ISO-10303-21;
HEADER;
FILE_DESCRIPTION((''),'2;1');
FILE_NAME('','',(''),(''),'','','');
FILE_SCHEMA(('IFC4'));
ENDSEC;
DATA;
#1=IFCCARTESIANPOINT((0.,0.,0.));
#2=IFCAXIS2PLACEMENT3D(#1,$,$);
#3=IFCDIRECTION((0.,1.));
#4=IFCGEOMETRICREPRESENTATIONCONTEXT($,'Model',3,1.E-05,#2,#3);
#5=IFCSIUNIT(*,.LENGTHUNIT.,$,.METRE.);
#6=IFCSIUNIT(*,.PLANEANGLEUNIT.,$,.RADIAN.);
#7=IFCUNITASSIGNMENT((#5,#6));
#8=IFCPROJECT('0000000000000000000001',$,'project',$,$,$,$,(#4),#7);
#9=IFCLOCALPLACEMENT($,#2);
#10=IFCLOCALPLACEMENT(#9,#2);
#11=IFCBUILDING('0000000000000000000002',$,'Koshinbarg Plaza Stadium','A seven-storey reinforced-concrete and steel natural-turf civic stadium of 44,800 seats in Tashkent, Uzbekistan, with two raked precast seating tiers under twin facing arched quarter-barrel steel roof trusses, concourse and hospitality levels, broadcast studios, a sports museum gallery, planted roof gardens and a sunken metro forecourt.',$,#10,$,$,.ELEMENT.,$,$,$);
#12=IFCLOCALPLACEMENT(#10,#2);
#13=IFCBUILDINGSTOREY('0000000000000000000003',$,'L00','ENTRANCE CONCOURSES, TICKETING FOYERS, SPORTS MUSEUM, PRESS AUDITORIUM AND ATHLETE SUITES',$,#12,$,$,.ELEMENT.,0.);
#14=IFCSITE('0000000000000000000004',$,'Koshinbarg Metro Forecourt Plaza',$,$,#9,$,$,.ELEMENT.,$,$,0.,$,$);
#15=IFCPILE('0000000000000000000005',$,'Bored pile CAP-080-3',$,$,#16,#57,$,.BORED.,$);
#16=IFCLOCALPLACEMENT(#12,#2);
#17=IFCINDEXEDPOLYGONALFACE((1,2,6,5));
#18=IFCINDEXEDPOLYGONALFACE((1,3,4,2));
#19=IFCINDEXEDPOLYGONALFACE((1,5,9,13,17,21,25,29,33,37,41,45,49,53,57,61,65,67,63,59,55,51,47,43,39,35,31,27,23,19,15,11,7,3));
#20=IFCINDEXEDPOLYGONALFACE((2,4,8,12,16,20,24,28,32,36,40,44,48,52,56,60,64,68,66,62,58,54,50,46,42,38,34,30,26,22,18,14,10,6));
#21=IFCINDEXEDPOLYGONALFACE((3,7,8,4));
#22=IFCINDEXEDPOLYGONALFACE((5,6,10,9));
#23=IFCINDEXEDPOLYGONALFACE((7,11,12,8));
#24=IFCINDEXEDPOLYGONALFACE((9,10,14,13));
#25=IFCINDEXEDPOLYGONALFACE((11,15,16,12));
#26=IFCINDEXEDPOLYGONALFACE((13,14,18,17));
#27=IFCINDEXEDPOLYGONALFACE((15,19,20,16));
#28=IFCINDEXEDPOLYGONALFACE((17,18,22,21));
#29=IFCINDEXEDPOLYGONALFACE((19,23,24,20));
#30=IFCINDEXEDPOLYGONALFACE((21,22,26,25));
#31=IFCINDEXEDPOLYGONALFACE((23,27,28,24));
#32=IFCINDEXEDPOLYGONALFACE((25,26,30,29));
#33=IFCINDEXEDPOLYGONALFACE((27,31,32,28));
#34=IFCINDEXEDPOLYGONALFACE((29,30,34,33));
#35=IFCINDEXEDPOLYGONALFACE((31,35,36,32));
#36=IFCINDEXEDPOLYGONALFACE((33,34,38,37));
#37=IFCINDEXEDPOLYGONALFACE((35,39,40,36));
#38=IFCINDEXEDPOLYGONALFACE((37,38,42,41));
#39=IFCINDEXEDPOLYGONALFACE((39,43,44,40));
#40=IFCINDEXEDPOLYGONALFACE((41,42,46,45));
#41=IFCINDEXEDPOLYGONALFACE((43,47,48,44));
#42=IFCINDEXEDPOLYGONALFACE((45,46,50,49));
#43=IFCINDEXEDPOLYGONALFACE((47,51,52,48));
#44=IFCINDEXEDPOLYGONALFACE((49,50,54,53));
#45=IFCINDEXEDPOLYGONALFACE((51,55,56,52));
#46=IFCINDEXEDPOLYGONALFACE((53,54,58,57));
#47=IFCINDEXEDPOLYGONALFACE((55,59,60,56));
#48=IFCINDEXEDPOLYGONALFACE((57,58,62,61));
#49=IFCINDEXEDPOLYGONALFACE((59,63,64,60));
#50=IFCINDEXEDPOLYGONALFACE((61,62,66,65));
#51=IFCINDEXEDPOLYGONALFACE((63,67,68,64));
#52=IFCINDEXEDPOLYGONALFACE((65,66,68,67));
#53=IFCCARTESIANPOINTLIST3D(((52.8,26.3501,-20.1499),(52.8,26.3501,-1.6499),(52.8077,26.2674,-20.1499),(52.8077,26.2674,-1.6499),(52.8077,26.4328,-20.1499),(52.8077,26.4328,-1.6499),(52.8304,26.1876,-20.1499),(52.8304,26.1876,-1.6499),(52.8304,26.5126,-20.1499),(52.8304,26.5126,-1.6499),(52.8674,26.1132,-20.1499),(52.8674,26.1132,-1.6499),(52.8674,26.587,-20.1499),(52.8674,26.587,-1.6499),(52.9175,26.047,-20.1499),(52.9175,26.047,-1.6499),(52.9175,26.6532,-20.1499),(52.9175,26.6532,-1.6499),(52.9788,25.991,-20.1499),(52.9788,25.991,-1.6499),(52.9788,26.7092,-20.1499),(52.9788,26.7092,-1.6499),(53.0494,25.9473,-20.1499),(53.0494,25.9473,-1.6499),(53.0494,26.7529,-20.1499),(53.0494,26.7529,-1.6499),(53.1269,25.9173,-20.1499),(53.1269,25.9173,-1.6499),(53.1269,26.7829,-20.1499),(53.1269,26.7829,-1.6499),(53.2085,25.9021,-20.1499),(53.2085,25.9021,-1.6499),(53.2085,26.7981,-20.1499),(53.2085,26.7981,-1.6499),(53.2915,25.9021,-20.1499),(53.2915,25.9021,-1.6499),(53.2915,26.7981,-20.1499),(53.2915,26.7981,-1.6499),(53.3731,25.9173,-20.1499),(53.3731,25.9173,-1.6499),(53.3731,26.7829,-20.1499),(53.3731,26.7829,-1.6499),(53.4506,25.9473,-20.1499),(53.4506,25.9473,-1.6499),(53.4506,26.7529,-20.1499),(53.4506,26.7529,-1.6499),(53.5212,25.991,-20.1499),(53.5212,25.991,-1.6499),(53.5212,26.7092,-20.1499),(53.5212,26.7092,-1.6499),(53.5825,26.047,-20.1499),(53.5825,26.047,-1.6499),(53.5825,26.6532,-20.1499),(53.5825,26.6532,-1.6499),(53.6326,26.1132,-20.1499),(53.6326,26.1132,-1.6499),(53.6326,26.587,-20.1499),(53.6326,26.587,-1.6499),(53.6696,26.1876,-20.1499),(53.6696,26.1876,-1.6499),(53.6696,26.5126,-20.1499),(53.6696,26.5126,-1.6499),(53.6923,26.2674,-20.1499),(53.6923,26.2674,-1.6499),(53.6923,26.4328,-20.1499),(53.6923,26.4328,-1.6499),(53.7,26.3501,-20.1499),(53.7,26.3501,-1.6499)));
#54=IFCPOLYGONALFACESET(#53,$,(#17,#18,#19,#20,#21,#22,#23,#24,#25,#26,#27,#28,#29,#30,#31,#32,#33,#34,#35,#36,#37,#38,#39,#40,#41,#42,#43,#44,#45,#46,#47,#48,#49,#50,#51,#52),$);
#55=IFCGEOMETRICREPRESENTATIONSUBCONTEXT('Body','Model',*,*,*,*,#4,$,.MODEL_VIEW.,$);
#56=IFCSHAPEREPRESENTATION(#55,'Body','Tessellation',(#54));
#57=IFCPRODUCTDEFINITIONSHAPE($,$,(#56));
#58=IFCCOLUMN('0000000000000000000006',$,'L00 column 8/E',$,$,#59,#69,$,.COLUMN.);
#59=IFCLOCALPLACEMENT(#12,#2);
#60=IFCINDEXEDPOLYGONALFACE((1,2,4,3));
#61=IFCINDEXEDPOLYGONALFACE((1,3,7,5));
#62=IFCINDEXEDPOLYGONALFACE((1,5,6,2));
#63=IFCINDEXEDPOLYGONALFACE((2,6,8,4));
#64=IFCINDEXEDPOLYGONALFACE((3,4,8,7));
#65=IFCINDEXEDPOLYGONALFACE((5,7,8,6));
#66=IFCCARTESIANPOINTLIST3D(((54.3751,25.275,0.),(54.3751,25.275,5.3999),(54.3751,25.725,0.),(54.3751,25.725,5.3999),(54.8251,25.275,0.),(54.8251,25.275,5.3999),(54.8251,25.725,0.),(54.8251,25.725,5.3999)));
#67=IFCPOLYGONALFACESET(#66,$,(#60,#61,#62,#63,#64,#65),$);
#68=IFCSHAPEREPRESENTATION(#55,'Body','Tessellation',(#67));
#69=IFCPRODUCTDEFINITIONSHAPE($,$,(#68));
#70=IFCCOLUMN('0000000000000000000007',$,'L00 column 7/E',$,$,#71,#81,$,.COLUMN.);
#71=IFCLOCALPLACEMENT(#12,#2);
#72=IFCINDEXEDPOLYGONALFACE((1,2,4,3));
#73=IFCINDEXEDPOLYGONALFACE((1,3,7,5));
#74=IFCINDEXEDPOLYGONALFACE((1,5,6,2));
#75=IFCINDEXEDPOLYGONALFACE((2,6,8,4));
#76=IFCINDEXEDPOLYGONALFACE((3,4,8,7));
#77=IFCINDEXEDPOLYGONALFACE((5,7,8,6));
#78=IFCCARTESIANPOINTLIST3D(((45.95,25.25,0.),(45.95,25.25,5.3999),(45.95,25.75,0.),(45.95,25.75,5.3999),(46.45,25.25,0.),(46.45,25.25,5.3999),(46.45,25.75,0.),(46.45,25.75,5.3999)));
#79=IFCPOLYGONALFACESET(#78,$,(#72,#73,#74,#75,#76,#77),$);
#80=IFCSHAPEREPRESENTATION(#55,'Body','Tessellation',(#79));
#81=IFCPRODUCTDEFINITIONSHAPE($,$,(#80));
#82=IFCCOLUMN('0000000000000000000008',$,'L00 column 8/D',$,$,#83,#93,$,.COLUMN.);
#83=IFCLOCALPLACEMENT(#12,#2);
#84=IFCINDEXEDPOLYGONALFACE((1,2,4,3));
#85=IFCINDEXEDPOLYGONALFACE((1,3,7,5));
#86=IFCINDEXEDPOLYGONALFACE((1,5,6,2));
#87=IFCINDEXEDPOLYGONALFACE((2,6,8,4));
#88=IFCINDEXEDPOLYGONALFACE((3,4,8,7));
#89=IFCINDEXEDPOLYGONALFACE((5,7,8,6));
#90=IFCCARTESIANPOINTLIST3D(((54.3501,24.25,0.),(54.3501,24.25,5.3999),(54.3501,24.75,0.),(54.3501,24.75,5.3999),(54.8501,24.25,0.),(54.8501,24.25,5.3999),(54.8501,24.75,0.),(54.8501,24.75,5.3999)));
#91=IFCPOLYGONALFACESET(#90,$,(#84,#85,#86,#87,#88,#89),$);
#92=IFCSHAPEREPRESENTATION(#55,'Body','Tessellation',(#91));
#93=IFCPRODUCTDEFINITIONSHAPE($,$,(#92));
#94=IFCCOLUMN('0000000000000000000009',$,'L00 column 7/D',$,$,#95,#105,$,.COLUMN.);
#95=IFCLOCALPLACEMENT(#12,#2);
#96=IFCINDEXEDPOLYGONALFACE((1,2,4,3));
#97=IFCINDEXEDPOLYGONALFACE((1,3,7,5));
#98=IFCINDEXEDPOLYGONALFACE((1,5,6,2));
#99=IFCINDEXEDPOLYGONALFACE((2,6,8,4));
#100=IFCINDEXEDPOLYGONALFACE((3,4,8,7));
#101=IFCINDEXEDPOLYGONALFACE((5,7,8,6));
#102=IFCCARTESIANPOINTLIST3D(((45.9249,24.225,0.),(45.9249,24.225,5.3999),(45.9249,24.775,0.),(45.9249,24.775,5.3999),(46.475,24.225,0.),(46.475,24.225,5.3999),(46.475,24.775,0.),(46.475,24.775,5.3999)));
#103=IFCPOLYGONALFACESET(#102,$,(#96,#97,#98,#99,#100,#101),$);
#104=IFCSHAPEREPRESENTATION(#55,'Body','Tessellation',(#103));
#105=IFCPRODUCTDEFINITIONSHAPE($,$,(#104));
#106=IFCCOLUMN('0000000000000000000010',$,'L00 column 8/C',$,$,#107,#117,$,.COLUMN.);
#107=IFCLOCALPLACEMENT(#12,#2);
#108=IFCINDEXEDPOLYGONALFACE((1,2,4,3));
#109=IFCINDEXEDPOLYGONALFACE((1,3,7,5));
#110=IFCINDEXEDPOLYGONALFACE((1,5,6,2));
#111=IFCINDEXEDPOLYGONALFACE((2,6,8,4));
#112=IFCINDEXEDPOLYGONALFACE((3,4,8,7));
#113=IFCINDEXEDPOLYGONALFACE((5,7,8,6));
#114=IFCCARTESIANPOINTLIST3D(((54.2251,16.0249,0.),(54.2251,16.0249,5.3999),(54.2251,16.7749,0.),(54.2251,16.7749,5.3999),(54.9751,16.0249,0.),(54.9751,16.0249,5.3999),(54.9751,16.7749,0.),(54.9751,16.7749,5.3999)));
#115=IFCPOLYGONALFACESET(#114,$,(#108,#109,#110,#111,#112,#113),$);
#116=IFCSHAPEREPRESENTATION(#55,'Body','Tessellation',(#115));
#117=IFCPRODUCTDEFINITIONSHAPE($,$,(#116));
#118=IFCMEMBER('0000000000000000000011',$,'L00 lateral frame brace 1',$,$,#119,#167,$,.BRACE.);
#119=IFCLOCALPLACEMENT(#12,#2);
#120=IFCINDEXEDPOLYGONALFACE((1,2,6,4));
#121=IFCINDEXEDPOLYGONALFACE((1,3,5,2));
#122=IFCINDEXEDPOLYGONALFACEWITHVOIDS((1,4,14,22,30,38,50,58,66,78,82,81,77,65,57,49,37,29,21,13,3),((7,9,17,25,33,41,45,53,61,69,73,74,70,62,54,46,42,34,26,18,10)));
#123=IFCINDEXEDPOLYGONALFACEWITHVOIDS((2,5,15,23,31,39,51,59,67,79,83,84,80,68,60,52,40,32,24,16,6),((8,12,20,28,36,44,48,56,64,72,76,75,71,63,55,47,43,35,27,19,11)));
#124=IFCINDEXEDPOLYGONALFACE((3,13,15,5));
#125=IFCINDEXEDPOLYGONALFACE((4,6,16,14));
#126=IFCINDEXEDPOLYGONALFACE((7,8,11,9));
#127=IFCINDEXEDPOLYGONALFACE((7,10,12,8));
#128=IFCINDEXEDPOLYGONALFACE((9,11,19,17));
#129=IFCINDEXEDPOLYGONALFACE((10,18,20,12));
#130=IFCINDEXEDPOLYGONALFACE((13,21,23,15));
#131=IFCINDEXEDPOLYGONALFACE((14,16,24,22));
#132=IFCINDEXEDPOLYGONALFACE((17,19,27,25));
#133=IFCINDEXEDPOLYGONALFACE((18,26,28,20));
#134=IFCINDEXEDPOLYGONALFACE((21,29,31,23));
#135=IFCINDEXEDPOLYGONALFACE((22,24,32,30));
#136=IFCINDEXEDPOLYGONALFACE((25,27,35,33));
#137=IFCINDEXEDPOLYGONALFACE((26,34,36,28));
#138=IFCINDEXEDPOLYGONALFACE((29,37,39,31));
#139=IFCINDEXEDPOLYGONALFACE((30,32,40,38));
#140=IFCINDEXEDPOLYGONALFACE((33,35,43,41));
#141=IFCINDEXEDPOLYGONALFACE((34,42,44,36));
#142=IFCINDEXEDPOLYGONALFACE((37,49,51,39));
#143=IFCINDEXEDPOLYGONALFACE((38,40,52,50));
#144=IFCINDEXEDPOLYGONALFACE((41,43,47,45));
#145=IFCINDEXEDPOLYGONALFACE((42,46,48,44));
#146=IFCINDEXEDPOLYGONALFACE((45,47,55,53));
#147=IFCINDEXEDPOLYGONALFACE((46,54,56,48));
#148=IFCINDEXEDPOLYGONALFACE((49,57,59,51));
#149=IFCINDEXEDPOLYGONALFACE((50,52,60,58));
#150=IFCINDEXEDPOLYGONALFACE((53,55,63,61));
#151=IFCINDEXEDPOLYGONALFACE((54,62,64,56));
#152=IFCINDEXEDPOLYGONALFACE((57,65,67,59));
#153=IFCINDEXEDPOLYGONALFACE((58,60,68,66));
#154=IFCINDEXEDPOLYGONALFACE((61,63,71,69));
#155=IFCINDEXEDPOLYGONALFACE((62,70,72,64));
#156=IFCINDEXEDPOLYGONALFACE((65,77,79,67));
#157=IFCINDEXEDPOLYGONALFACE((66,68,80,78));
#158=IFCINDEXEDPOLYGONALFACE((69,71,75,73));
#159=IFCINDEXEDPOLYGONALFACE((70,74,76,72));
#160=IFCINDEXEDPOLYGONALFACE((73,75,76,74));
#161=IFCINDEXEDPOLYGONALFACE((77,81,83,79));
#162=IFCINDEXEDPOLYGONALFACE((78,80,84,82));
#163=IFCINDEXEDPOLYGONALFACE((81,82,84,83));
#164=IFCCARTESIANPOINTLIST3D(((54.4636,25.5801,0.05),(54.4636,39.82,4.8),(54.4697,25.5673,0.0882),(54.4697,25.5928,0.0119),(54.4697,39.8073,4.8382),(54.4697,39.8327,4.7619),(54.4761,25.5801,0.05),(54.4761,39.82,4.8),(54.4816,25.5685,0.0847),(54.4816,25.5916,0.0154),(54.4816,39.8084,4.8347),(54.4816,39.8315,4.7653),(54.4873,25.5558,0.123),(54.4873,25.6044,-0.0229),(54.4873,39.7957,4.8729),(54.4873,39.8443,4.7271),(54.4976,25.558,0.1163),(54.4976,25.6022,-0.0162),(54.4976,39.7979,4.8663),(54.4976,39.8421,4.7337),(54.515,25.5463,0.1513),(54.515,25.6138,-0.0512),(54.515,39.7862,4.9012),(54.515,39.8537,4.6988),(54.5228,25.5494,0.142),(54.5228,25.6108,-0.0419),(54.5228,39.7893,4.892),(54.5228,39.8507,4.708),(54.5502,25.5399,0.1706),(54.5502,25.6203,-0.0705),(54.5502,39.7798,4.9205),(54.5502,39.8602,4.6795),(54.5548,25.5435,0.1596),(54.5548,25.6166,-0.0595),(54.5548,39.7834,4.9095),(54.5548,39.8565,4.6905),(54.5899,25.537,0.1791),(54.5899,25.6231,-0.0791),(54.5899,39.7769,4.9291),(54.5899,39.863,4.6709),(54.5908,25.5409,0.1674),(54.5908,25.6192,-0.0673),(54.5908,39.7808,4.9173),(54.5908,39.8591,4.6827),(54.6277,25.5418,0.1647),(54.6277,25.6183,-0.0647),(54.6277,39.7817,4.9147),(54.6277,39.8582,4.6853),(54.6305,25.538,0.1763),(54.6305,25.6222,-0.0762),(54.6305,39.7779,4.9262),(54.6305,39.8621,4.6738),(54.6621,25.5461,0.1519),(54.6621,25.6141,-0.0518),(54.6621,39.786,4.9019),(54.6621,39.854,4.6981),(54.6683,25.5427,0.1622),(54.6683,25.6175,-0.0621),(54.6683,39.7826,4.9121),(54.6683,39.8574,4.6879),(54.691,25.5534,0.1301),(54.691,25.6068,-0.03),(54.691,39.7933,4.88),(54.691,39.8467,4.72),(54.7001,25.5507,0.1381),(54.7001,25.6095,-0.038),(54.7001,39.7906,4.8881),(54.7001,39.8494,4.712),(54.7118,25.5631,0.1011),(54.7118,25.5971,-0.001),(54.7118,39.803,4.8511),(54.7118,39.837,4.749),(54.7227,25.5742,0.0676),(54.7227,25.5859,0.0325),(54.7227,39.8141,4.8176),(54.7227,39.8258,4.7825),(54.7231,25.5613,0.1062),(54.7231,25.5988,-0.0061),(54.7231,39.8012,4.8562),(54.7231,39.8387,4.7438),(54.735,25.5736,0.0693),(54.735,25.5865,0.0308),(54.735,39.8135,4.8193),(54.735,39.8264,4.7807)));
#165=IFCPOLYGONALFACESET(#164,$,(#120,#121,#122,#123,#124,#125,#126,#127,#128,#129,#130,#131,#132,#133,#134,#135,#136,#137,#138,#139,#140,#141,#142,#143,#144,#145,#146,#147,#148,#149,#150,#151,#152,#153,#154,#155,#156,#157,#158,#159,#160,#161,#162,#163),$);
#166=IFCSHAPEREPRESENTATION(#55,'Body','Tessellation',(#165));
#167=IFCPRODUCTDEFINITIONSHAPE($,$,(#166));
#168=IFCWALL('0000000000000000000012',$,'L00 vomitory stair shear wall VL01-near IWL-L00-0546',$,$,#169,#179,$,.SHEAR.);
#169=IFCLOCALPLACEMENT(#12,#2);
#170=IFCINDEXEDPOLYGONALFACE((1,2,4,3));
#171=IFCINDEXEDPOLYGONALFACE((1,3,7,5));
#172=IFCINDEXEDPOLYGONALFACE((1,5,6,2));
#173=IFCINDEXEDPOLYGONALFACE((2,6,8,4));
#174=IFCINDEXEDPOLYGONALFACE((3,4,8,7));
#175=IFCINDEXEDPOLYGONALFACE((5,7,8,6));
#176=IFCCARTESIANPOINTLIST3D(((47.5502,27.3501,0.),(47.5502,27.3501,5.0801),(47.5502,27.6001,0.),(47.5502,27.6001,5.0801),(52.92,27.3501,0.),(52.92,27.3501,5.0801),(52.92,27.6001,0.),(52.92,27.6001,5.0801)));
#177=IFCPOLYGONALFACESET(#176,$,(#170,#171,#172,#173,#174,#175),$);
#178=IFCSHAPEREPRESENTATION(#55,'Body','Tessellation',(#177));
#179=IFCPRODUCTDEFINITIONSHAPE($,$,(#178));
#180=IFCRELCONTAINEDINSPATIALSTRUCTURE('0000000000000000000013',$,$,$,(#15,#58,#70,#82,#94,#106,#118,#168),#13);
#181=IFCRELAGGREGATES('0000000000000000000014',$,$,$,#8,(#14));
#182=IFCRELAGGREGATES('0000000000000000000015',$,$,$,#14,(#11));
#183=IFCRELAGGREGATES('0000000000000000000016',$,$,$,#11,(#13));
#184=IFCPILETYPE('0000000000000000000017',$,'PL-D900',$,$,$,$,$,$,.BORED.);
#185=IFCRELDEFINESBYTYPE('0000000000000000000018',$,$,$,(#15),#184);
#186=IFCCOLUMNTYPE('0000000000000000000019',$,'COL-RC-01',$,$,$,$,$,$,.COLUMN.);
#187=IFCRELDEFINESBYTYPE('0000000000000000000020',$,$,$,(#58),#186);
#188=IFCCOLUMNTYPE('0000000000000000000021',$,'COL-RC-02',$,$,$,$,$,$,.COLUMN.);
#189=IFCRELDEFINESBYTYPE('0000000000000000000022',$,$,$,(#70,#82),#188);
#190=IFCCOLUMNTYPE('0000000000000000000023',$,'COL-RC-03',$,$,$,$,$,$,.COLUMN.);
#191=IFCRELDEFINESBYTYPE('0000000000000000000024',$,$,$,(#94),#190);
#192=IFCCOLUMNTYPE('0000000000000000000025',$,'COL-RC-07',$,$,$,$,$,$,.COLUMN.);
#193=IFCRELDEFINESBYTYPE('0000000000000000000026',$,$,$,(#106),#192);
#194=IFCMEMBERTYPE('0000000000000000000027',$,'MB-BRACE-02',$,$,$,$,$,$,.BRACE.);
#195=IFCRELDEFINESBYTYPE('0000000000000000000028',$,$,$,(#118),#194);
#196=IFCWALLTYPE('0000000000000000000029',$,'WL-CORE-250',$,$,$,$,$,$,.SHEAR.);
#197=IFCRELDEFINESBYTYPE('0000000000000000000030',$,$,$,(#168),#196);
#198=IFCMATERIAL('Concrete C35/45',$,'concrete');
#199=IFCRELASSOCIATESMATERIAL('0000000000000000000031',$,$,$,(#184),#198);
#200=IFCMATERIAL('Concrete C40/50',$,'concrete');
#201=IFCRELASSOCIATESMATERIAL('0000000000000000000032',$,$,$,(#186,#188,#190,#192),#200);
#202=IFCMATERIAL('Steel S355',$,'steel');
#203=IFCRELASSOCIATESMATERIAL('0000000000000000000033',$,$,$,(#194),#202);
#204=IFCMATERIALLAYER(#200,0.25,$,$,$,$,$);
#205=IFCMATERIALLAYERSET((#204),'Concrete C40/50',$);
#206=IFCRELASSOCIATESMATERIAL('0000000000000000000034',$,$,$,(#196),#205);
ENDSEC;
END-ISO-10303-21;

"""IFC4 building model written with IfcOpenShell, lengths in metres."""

from ifc_helpers import new_model, si_unit, direction, frame, frame_2d, origin, origin_2d, place, context, subcontext, project, spatial, rectangle, circle, hollow_circle, extrude, material, layer, layer_set, material_profile, profile_set, type_object, element, save


model = new_model("IFC4")

# Units and contexts
model_context = context("Model", 3, precision=1e-05, world=origin(), true_north=direction((0.0, 1.0)))
body_context = subcontext(model_context, "Body", "Model", "MODEL_VIEW")
ifc_project = project(units=[si_unit("LENGTHUNIT", "METRE"), si_unit("PLANEANGLEUNIT", "RADIAN")], contexts=[model_context])

# Site, building, storey
site_placement = place(None, origin())
site = spatial("IfcSite", under=ifc_project, at=site_placement, Name="Koshinbarg Metro Forecourt Plaza", CompositionType="ELEMENT", RefElevation=0.0)
building_placement = place(site_placement, origin())
building = spatial("IfcBuilding", under=site, at=building_placement, Name="Koshinbarg Plaza Stadium", Description="A seven-storey reinforced-concrete and steel natural-turf civic stadium of 44,800 seats in Tashkent, Uzbekistan, with two raked precast seating tiers under twin facing arched quarter-barrel steel roof trusses, concourse and hospitality levels, broadcast studios, a sports museum gallery, planted roof gardens and a sunken metro forecourt.", CompositionType="ELEMENT")
storey_placement = place(building_placement, origin())
storey = spatial("IfcBuildingStorey", under=building, at=storey_placement, Name="L00", Description="ENTRANCE CONCOURSES, TICKETING FOYERS, SPORTS MUSEUM, PRESS AUDITORIUM AND ATHLETE SUITES", CompositionType="ELEMENT", Elevation=0.0)

# Shared definitions
ifc_material_1 = material(Name="Concrete C35/45", Category="concrete")

# Pile
ifc_material_profile_1 = material_profile(ifc_material_1, circle(Radius=0.45, at=origin_2d()), Name="PILE D900")
ifc_profile_set_1 = profile_set([ifc_material_profile_1], Name="Concrete C35/45")
pile_type_1 = type_object("IfcPileType", Name="PL-D900", PredefinedType="BORED", material=ifc_profile_set_1)
for number, where, z_axis, x_axis, name in (
    (1, (53.25, 26.3501, -1.6499), (0.0, 0.0, -1.0), (1.0, 0.0, 0.0), "Bored pile CAP-080-3"),
):
    element("IfcPile", number, at=place(storey_placement, frame(where, z_axis=z_axis, x_axis=x_axis)), inside=storey, type_object=pile_type_1, Name=name, PredefinedType="BORED", context=body_context, shape_type="SweptSolid", body=[
        extrude(circle(Radius=0.45, at=origin_2d()), origin(), (0.0, 0.0, 1.0), 18.5),
    ])

# Columns
ifc_material_2 = material(Name="Concrete C40/50", Category="concrete")
ifc_material_profile_2 = material_profile(ifc_material_2, rectangle(XDim=0.45, YDim=0.45, at=origin_2d()), Name="RC 450x450")
ifc_profile_set_2 = profile_set([ifc_material_profile_2], Name="Concrete C40/50")
column_type_1 = type_object("IfcColumnType", Name="COL-RC-01", PredefinedType="COLUMN", material=ifc_profile_set_2)
column_1_placement = place(storey_placement, frame((54.6001, 25.5, 0.0), z_axis=(0.0, 0.0, 1.0), x_axis=(1.0, 0.0, 0.0)))
element("IfcColumn", 2, at=column_1_placement, inside=storey, type_object=column_type_1, Name="L00 column 8/E", PredefinedType="COLUMN", context=body_context, shape_type="SweptSolid", body=[
    extrude(rectangle(XDim=0.45, YDim=0.45, at=origin_2d()), origin(), (0.0, 0.0, 1.0), 5.3999),
])
ifc_material_profile_3 = material_profile(ifc_material_2, rectangle(XDim=0.5, YDim=0.5, at=origin_2d()), Name="RC 500x500")
ifc_profile_set_3 = profile_set([ifc_material_profile_3], Name="Concrete C40/50")
column_type_2 = type_object("IfcColumnType", Name="COL-RC-02", PredefinedType="COLUMN", material=ifc_profile_set_3)
for number, where, z_axis, x_axis, name in (
    (3, (46.2, 25.5, 0.0), (0.0, 0.0, 1.0), (1.0, 0.0, 0.0), "L00 column 7/E"),
    (4, (54.6001, 24.5, 0.0), (0.0, 0.0, 1.0), (1.0, 0.0, 0.0), "L00 column 8/D"),
):
    element("IfcColumn", number, at=place(storey_placement, frame(where, z_axis=z_axis, x_axis=x_axis)), inside=storey, type_object=column_type_2, Name=name, PredefinedType="COLUMN", context=body_context, shape_type="SweptSolid", body=[
        extrude(rectangle(XDim=0.5, YDim=0.5, at=origin_2d()), origin(), (0.0, 0.0, 1.0), 5.3999),
    ])
ifc_material_profile_4 = material_profile(ifc_material_2, rectangle(XDim=0.55, YDim=0.55, at=origin_2d()), Name="RC 550x550")
ifc_profile_set_4 = profile_set([ifc_material_profile_4], Name="Concrete C40/50")
column_type_3 = type_object("IfcColumnType", Name="COL-RC-03", PredefinedType="COLUMN", material=ifc_profile_set_4)
column_2_placement = place(storey_placement, frame((46.2, 24.5, 0.0), z_axis=(0.0, 0.0, 1.0), x_axis=(1.0, 0.0, 0.0)))
element("IfcColumn", 5, at=column_2_placement, inside=storey, type_object=column_type_3, Name="L00 column 7/D", PredefinedType="COLUMN", context=body_context, shape_type="SweptSolid", body=[
    extrude(rectangle(XDim=0.55, YDim=0.55, at=origin_2d()), origin(), (0.0, 0.0, 1.0), 5.3999),
])
ifc_material_profile_5 = material_profile(ifc_material_2, rectangle(XDim=0.75, YDim=0.75, at=origin_2d()), Name="RC 750x750")
ifc_profile_set_5 = profile_set([ifc_material_profile_5], Name="Concrete C40/50")
column_type_4 = type_object("IfcColumnType", Name="COL-RC-07", PredefinedType="COLUMN", material=ifc_profile_set_5)
column_3_placement = place(storey_placement, frame((54.6001, 16.3999, 0.0), z_axis=(0.0, 0.0, 1.0), x_axis=(1.0, 0.0, 0.0)))
element("IfcColumn", 6, at=column_3_placement, inside=storey, type_object=column_type_4, Name="L00 column 8/C", PredefinedType="COLUMN", context=body_context, shape_type="SweptSolid", body=[
    extrude(rectangle(XDim=0.75, YDim=0.75, at=origin_2d()), origin(), (0.0, 0.0, 1.0), 5.3999),
])

# Member
ifc_material_3 = material(Name="Steel S355", Category="steel")
ifc_material_profile_6 = material_profile(ifc_material_3, hollow_circle(Radius=0.1365, WallThickness=0.0125, at=origin_2d()), Name="CHS 273x12.5")
ifc_profile_set_6 = profile_set([ifc_material_profile_6], Name="Steel S355")
member_type = type_object("IfcMemberType", Name="MB-BRACE-02", PredefinedType="BRACE", material=ifc_profile_set_6)
member_placement = place(storey_placement, frame((54.6001, 25.5801, 0.05), z_axis=(0.0, 0.948617, 0.316428), x_axis=(-1.0, 0.0, 0.0)))
element("IfcMember", 7, at=member_placement, inside=storey, type_object=member_type, Name="L00 lateral frame brace 1", PredefinedType="BRACE", context=body_context, shape_type="SweptSolid", body=[
    extrude(hollow_circle(Radius=0.1365, WallThickness=0.0125, at=origin_2d()), origin(), (0.0, 0.0, 1.0), 15.0112),
])

# Wall
ifc_layer = layer(ifc_material_2, 0.25)
ifc_layer_set = layer_set([ifc_layer], Name="Concrete C40/50")
wall_type = type_object("IfcWallType", Name="WL-CORE-250", PredefinedType="SHEAR", material=ifc_layer_set)
wall_1_placement = place(storey_placement, frame((47.55, 27.4751, 0.0), z_axis=(0.0, 0.0, 1.0), x_axis=(1.0, 0.0, 0.0)))
element("IfcWall", 8, at=wall_1_placement, inside=storey, type_object=wall_type, Name="L00 vomitory stair shear wall VL01-near IWL-L00-0546", PredefinedType="SHEAR", context=body_context, shape_type="SweptSolid", body=[
    extrude(rectangle(XDim=5.3699, YDim=0.25, at=frame_2d((2.6851, 0.0))), origin(), (0.0, 0.0, 1.0), 5.0801),
])

save(model, "model.ifc")
